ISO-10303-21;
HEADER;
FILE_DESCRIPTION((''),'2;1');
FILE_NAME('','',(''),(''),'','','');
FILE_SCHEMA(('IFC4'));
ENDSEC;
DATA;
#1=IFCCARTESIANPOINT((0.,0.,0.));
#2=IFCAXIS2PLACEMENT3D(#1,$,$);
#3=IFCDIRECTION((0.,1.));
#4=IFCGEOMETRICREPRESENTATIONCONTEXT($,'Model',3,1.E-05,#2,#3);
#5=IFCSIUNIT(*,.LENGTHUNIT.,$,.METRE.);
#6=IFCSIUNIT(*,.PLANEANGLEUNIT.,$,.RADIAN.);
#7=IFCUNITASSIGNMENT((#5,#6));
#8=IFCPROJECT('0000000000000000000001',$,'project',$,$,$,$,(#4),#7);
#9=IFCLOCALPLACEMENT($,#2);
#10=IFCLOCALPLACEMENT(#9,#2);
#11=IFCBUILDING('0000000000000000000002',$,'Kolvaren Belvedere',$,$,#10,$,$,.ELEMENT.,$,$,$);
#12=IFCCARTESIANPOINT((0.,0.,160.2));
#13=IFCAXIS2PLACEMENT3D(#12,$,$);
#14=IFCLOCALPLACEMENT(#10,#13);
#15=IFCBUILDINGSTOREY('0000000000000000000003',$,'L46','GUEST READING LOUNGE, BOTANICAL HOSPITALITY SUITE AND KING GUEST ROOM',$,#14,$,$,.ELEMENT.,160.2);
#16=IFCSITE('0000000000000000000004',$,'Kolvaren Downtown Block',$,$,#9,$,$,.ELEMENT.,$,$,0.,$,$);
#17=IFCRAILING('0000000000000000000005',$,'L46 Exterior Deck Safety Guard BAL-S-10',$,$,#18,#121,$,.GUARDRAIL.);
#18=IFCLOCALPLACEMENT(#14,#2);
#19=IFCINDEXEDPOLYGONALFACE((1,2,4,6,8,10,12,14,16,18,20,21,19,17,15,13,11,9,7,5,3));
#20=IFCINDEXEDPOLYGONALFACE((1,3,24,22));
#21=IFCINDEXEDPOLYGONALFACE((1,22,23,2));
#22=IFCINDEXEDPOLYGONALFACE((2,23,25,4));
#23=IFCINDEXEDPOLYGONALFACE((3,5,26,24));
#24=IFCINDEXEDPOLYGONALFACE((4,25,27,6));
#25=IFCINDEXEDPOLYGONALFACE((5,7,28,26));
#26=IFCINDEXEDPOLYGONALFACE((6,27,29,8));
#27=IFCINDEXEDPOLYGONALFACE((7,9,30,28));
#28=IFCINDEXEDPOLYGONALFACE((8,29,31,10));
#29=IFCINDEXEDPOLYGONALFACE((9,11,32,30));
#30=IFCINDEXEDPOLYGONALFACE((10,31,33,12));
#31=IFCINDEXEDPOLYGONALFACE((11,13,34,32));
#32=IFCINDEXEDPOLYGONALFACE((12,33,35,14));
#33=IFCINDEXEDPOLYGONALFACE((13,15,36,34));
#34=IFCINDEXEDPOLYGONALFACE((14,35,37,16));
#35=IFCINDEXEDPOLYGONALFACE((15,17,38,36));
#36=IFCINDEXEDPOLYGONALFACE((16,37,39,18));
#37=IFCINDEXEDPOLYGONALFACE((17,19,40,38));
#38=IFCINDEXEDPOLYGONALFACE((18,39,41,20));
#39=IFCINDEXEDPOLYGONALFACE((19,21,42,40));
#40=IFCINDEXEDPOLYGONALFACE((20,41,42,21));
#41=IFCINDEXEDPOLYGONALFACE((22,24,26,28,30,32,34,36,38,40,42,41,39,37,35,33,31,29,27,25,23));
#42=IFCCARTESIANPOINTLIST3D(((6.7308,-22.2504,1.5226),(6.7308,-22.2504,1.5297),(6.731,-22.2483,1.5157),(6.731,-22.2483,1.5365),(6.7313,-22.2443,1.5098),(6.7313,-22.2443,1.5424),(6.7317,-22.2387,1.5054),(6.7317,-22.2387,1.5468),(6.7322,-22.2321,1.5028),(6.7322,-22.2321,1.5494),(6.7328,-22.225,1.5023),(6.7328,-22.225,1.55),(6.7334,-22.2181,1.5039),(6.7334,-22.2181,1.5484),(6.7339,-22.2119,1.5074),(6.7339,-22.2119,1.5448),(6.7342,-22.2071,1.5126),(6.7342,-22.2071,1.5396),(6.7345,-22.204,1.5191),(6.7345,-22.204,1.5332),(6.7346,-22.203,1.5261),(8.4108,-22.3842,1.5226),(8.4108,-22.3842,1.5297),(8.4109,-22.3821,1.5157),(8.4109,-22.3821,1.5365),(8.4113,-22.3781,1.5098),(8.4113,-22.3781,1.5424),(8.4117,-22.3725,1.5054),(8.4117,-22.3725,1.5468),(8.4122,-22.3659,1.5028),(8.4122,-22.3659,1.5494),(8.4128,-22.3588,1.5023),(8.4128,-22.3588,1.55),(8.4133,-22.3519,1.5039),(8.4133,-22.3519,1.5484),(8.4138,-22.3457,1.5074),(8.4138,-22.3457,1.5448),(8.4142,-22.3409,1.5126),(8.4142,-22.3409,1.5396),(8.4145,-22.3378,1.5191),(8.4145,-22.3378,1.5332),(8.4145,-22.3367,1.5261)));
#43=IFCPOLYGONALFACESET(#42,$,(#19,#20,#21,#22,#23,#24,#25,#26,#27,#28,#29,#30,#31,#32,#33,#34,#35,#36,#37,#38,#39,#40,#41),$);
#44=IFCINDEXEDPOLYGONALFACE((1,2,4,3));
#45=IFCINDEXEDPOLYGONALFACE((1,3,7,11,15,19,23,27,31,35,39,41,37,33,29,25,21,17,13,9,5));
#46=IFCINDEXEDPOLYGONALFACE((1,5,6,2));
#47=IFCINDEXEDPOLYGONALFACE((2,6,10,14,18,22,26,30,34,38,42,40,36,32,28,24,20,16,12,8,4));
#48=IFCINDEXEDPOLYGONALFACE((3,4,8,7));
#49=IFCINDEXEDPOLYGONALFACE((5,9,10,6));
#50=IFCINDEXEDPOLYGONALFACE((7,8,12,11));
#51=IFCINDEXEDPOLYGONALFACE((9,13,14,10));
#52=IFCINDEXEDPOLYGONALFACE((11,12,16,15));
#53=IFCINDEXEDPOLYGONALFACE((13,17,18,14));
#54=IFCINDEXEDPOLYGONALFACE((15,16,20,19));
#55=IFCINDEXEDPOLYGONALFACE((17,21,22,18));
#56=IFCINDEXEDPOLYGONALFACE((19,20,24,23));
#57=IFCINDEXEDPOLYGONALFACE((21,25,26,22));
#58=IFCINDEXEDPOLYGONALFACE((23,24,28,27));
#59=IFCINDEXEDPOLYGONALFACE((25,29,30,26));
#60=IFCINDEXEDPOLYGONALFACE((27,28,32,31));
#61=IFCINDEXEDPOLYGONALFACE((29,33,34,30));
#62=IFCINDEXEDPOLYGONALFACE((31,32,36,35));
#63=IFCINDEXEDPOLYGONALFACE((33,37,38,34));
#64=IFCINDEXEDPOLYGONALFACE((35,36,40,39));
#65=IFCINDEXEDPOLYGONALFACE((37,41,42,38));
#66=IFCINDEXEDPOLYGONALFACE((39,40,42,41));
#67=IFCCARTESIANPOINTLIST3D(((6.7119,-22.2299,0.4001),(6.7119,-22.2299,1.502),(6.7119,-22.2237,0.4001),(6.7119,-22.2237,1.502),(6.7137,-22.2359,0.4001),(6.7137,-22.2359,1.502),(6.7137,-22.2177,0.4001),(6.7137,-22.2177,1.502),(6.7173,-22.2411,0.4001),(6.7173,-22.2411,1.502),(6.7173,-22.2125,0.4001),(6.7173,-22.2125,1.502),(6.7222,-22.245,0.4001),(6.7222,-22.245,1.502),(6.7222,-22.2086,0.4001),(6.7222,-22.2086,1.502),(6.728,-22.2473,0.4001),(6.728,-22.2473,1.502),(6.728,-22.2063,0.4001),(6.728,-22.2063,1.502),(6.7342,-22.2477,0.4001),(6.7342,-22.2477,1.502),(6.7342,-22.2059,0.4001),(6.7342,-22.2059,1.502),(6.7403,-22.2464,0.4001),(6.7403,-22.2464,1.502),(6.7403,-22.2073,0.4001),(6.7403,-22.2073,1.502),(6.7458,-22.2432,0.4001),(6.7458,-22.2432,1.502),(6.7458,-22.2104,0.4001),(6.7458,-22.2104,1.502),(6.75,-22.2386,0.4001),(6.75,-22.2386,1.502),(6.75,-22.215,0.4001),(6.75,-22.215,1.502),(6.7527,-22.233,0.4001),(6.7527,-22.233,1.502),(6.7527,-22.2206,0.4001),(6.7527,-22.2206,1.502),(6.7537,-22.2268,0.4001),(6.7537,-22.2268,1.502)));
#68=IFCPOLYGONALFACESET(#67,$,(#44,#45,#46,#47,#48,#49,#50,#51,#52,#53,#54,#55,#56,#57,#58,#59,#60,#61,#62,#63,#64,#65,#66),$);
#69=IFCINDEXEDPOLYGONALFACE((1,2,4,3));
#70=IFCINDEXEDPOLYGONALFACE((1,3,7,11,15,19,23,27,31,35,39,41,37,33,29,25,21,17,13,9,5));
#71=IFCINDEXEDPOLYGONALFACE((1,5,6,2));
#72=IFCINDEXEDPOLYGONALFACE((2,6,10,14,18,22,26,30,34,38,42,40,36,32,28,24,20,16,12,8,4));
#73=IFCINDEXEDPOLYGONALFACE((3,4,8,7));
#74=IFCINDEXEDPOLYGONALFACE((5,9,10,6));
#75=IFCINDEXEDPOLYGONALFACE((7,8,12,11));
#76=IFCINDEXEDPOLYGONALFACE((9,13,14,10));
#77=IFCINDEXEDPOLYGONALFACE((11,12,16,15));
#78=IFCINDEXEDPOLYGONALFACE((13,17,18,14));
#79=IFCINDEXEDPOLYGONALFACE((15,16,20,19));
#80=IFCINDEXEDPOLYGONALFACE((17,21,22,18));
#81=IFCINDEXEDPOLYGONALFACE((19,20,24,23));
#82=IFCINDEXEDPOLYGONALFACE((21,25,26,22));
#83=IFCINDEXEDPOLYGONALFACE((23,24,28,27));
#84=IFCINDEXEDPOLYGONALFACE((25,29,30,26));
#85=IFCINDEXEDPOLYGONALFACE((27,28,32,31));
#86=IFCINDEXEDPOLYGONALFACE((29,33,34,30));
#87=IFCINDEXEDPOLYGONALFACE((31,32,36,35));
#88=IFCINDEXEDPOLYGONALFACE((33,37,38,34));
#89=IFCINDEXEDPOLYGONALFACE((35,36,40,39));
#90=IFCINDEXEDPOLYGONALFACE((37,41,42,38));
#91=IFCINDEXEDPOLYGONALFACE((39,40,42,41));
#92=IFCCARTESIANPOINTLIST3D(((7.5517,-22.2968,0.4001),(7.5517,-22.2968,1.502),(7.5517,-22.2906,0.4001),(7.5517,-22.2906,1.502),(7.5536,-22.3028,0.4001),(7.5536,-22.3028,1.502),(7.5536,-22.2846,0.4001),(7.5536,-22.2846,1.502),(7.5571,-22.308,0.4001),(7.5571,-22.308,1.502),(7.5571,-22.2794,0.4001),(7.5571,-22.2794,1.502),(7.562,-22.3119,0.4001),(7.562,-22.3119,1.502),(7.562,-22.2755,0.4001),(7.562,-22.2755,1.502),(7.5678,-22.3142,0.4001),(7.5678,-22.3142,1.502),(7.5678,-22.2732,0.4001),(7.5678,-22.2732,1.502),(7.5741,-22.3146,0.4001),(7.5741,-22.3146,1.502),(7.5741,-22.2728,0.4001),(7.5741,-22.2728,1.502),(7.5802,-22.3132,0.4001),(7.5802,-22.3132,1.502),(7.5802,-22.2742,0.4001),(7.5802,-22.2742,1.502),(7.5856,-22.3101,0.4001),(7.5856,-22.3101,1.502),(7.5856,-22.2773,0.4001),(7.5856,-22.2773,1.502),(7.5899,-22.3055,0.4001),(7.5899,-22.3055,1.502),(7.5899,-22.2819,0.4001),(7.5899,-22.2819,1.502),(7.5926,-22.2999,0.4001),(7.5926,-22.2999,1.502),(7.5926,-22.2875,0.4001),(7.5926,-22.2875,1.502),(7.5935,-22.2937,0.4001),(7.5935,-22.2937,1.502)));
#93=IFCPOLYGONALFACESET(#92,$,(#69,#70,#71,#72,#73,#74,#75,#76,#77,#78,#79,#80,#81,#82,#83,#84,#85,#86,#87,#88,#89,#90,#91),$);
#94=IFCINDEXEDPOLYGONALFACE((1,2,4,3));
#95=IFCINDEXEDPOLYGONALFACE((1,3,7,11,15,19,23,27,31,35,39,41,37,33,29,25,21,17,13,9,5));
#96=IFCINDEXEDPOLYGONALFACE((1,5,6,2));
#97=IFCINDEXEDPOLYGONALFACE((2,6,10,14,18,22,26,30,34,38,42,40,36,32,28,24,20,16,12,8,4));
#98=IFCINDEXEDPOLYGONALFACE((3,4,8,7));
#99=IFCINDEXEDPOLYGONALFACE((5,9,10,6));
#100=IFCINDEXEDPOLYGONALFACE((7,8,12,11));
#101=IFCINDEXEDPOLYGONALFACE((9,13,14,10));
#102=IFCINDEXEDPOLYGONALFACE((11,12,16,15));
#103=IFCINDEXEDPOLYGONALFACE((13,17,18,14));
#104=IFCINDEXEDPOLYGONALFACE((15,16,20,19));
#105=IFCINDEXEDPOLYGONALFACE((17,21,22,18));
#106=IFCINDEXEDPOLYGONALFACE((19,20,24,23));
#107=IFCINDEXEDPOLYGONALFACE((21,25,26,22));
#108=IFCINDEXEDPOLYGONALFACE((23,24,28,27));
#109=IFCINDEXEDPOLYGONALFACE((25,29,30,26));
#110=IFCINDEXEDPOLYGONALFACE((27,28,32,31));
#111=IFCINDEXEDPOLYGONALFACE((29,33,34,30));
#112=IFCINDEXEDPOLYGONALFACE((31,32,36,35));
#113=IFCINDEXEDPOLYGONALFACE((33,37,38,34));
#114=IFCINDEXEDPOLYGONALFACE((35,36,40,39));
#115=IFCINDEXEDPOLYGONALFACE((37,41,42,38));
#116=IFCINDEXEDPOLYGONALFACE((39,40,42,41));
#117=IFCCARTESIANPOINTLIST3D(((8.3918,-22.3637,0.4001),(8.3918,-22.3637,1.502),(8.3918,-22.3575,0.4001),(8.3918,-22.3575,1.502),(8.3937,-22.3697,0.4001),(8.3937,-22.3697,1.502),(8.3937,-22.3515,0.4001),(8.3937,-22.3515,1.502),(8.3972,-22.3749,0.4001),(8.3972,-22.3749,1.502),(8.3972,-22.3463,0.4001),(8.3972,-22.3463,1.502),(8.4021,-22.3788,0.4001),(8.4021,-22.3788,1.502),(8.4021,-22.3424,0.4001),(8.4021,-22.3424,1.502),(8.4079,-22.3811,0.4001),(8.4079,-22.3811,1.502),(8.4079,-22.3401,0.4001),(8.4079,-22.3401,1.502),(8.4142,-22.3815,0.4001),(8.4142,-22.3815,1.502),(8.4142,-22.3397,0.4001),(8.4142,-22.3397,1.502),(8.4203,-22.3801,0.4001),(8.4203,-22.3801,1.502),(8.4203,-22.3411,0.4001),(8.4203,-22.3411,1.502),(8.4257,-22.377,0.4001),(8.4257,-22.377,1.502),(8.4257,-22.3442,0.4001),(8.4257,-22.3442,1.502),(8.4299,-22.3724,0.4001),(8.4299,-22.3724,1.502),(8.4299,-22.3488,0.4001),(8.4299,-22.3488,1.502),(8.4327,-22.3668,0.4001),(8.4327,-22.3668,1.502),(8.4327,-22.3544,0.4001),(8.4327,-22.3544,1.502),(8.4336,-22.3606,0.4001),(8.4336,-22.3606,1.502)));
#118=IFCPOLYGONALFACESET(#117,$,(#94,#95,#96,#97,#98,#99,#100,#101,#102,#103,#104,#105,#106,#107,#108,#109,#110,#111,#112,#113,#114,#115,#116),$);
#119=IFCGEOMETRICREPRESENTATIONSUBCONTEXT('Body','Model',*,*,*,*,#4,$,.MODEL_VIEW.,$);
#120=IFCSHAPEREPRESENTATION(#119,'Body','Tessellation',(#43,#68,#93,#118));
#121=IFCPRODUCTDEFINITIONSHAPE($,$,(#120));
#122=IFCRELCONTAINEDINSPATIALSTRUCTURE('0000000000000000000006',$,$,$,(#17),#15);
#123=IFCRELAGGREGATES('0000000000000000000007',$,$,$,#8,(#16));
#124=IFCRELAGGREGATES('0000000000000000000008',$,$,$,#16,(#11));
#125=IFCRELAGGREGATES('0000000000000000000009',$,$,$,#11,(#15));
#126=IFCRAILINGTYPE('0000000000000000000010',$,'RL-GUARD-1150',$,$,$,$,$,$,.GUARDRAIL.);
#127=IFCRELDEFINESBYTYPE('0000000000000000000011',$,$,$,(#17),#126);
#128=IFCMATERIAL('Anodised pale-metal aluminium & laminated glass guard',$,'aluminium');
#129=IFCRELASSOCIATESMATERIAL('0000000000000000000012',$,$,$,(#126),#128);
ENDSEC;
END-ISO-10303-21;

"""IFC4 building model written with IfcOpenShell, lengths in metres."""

from ifc_helpers import new_model, si_unit, direction, frame, origin, origin_2d, place, context, subcontext, project, spatial, circle, extrude, material, type_object, element, save


model = new_model("IFC4")

# Units and contexts
model_context = context("Model", 3, precision=1e-05, world=origin(), true_north=direction((0.0, 1.0)))
body_context = subcontext(model_context, "Body", "Model", "MODEL_VIEW")
ifc_project = project(units=[si_unit("LENGTHUNIT", "METRE"), si_unit("PLANEANGLEUNIT", "RADIAN")], contexts=[model_context])

# Site, building, storey
site_placement = place(None, origin())
site = spatial("IfcSite", under=ifc_project, at=site_placement, Name="Kolvaren Downtown Block", CompositionType="ELEMENT", RefElevation=0.0)
building_placement = place(site_placement, origin())
building = spatial("IfcBuilding", under=site, at=building_placement, Name="Kolvaren Belvedere", CompositionType="ELEMENT")
storey_placement = place(building_placement, frame((0.0, 0.0, 160.2)))
storey = spatial("IfcBuildingStorey", under=building, at=storey_placement, Name="L46", Description="GUEST READING LOUNGE, BOTANICAL HOSPITALITY SUITE AND KING GUEST ROOM", CompositionType="ELEMENT", Elevation=160.2)

# Railing
ifc_material_1 = material(Name="Anodised pale-metal aluminium & laminated glass guard", Category="aluminium")
railing_type = type_object("IfcRailingType", Name="RL-GUARD-1150", PredefinedType="GUARDRAIL", material=ifc_material_1)
railing_1_placement = place(storey_placement, frame((6.7327, -22.2268, 0.4001)))
element("IfcRailing", 1, at=railing_1_placement, inside=storey, type_object=railing_type, Name="L46 Exterior Deck Safety Guard BAL-S-10", PredefinedType="GUARDRAIL", context=body_context, shape_type="SweptSolid", body=[
    extrude(circle(Radius=0.0239, at=origin_2d()), frame((0.0, 0.0, 1.126), z_axis=(0.996844, -0.079388, 0.0), x_axis=(0.079388, 0.996844, 0.0)), (0.0, 0.0, 1.0), 1.6853),
    extrude(circle(Radius=0.021, at=origin_2d()), origin(), (0.0, 0.0, 1.0), 1.1018),
    extrude(circle(Radius=0.021, at=origin_2d()), frame((0.8398, -0.0669, 0.0)), (0.0, 0.0, 1.0), 1.1018),
    extrude(circle(Radius=0.021, at=origin_2d()), frame((1.6799, -0.1338, 0.0)), (0.0, 0.0, 1.0), 1.1018),
])

save(model, "model.ifc")
